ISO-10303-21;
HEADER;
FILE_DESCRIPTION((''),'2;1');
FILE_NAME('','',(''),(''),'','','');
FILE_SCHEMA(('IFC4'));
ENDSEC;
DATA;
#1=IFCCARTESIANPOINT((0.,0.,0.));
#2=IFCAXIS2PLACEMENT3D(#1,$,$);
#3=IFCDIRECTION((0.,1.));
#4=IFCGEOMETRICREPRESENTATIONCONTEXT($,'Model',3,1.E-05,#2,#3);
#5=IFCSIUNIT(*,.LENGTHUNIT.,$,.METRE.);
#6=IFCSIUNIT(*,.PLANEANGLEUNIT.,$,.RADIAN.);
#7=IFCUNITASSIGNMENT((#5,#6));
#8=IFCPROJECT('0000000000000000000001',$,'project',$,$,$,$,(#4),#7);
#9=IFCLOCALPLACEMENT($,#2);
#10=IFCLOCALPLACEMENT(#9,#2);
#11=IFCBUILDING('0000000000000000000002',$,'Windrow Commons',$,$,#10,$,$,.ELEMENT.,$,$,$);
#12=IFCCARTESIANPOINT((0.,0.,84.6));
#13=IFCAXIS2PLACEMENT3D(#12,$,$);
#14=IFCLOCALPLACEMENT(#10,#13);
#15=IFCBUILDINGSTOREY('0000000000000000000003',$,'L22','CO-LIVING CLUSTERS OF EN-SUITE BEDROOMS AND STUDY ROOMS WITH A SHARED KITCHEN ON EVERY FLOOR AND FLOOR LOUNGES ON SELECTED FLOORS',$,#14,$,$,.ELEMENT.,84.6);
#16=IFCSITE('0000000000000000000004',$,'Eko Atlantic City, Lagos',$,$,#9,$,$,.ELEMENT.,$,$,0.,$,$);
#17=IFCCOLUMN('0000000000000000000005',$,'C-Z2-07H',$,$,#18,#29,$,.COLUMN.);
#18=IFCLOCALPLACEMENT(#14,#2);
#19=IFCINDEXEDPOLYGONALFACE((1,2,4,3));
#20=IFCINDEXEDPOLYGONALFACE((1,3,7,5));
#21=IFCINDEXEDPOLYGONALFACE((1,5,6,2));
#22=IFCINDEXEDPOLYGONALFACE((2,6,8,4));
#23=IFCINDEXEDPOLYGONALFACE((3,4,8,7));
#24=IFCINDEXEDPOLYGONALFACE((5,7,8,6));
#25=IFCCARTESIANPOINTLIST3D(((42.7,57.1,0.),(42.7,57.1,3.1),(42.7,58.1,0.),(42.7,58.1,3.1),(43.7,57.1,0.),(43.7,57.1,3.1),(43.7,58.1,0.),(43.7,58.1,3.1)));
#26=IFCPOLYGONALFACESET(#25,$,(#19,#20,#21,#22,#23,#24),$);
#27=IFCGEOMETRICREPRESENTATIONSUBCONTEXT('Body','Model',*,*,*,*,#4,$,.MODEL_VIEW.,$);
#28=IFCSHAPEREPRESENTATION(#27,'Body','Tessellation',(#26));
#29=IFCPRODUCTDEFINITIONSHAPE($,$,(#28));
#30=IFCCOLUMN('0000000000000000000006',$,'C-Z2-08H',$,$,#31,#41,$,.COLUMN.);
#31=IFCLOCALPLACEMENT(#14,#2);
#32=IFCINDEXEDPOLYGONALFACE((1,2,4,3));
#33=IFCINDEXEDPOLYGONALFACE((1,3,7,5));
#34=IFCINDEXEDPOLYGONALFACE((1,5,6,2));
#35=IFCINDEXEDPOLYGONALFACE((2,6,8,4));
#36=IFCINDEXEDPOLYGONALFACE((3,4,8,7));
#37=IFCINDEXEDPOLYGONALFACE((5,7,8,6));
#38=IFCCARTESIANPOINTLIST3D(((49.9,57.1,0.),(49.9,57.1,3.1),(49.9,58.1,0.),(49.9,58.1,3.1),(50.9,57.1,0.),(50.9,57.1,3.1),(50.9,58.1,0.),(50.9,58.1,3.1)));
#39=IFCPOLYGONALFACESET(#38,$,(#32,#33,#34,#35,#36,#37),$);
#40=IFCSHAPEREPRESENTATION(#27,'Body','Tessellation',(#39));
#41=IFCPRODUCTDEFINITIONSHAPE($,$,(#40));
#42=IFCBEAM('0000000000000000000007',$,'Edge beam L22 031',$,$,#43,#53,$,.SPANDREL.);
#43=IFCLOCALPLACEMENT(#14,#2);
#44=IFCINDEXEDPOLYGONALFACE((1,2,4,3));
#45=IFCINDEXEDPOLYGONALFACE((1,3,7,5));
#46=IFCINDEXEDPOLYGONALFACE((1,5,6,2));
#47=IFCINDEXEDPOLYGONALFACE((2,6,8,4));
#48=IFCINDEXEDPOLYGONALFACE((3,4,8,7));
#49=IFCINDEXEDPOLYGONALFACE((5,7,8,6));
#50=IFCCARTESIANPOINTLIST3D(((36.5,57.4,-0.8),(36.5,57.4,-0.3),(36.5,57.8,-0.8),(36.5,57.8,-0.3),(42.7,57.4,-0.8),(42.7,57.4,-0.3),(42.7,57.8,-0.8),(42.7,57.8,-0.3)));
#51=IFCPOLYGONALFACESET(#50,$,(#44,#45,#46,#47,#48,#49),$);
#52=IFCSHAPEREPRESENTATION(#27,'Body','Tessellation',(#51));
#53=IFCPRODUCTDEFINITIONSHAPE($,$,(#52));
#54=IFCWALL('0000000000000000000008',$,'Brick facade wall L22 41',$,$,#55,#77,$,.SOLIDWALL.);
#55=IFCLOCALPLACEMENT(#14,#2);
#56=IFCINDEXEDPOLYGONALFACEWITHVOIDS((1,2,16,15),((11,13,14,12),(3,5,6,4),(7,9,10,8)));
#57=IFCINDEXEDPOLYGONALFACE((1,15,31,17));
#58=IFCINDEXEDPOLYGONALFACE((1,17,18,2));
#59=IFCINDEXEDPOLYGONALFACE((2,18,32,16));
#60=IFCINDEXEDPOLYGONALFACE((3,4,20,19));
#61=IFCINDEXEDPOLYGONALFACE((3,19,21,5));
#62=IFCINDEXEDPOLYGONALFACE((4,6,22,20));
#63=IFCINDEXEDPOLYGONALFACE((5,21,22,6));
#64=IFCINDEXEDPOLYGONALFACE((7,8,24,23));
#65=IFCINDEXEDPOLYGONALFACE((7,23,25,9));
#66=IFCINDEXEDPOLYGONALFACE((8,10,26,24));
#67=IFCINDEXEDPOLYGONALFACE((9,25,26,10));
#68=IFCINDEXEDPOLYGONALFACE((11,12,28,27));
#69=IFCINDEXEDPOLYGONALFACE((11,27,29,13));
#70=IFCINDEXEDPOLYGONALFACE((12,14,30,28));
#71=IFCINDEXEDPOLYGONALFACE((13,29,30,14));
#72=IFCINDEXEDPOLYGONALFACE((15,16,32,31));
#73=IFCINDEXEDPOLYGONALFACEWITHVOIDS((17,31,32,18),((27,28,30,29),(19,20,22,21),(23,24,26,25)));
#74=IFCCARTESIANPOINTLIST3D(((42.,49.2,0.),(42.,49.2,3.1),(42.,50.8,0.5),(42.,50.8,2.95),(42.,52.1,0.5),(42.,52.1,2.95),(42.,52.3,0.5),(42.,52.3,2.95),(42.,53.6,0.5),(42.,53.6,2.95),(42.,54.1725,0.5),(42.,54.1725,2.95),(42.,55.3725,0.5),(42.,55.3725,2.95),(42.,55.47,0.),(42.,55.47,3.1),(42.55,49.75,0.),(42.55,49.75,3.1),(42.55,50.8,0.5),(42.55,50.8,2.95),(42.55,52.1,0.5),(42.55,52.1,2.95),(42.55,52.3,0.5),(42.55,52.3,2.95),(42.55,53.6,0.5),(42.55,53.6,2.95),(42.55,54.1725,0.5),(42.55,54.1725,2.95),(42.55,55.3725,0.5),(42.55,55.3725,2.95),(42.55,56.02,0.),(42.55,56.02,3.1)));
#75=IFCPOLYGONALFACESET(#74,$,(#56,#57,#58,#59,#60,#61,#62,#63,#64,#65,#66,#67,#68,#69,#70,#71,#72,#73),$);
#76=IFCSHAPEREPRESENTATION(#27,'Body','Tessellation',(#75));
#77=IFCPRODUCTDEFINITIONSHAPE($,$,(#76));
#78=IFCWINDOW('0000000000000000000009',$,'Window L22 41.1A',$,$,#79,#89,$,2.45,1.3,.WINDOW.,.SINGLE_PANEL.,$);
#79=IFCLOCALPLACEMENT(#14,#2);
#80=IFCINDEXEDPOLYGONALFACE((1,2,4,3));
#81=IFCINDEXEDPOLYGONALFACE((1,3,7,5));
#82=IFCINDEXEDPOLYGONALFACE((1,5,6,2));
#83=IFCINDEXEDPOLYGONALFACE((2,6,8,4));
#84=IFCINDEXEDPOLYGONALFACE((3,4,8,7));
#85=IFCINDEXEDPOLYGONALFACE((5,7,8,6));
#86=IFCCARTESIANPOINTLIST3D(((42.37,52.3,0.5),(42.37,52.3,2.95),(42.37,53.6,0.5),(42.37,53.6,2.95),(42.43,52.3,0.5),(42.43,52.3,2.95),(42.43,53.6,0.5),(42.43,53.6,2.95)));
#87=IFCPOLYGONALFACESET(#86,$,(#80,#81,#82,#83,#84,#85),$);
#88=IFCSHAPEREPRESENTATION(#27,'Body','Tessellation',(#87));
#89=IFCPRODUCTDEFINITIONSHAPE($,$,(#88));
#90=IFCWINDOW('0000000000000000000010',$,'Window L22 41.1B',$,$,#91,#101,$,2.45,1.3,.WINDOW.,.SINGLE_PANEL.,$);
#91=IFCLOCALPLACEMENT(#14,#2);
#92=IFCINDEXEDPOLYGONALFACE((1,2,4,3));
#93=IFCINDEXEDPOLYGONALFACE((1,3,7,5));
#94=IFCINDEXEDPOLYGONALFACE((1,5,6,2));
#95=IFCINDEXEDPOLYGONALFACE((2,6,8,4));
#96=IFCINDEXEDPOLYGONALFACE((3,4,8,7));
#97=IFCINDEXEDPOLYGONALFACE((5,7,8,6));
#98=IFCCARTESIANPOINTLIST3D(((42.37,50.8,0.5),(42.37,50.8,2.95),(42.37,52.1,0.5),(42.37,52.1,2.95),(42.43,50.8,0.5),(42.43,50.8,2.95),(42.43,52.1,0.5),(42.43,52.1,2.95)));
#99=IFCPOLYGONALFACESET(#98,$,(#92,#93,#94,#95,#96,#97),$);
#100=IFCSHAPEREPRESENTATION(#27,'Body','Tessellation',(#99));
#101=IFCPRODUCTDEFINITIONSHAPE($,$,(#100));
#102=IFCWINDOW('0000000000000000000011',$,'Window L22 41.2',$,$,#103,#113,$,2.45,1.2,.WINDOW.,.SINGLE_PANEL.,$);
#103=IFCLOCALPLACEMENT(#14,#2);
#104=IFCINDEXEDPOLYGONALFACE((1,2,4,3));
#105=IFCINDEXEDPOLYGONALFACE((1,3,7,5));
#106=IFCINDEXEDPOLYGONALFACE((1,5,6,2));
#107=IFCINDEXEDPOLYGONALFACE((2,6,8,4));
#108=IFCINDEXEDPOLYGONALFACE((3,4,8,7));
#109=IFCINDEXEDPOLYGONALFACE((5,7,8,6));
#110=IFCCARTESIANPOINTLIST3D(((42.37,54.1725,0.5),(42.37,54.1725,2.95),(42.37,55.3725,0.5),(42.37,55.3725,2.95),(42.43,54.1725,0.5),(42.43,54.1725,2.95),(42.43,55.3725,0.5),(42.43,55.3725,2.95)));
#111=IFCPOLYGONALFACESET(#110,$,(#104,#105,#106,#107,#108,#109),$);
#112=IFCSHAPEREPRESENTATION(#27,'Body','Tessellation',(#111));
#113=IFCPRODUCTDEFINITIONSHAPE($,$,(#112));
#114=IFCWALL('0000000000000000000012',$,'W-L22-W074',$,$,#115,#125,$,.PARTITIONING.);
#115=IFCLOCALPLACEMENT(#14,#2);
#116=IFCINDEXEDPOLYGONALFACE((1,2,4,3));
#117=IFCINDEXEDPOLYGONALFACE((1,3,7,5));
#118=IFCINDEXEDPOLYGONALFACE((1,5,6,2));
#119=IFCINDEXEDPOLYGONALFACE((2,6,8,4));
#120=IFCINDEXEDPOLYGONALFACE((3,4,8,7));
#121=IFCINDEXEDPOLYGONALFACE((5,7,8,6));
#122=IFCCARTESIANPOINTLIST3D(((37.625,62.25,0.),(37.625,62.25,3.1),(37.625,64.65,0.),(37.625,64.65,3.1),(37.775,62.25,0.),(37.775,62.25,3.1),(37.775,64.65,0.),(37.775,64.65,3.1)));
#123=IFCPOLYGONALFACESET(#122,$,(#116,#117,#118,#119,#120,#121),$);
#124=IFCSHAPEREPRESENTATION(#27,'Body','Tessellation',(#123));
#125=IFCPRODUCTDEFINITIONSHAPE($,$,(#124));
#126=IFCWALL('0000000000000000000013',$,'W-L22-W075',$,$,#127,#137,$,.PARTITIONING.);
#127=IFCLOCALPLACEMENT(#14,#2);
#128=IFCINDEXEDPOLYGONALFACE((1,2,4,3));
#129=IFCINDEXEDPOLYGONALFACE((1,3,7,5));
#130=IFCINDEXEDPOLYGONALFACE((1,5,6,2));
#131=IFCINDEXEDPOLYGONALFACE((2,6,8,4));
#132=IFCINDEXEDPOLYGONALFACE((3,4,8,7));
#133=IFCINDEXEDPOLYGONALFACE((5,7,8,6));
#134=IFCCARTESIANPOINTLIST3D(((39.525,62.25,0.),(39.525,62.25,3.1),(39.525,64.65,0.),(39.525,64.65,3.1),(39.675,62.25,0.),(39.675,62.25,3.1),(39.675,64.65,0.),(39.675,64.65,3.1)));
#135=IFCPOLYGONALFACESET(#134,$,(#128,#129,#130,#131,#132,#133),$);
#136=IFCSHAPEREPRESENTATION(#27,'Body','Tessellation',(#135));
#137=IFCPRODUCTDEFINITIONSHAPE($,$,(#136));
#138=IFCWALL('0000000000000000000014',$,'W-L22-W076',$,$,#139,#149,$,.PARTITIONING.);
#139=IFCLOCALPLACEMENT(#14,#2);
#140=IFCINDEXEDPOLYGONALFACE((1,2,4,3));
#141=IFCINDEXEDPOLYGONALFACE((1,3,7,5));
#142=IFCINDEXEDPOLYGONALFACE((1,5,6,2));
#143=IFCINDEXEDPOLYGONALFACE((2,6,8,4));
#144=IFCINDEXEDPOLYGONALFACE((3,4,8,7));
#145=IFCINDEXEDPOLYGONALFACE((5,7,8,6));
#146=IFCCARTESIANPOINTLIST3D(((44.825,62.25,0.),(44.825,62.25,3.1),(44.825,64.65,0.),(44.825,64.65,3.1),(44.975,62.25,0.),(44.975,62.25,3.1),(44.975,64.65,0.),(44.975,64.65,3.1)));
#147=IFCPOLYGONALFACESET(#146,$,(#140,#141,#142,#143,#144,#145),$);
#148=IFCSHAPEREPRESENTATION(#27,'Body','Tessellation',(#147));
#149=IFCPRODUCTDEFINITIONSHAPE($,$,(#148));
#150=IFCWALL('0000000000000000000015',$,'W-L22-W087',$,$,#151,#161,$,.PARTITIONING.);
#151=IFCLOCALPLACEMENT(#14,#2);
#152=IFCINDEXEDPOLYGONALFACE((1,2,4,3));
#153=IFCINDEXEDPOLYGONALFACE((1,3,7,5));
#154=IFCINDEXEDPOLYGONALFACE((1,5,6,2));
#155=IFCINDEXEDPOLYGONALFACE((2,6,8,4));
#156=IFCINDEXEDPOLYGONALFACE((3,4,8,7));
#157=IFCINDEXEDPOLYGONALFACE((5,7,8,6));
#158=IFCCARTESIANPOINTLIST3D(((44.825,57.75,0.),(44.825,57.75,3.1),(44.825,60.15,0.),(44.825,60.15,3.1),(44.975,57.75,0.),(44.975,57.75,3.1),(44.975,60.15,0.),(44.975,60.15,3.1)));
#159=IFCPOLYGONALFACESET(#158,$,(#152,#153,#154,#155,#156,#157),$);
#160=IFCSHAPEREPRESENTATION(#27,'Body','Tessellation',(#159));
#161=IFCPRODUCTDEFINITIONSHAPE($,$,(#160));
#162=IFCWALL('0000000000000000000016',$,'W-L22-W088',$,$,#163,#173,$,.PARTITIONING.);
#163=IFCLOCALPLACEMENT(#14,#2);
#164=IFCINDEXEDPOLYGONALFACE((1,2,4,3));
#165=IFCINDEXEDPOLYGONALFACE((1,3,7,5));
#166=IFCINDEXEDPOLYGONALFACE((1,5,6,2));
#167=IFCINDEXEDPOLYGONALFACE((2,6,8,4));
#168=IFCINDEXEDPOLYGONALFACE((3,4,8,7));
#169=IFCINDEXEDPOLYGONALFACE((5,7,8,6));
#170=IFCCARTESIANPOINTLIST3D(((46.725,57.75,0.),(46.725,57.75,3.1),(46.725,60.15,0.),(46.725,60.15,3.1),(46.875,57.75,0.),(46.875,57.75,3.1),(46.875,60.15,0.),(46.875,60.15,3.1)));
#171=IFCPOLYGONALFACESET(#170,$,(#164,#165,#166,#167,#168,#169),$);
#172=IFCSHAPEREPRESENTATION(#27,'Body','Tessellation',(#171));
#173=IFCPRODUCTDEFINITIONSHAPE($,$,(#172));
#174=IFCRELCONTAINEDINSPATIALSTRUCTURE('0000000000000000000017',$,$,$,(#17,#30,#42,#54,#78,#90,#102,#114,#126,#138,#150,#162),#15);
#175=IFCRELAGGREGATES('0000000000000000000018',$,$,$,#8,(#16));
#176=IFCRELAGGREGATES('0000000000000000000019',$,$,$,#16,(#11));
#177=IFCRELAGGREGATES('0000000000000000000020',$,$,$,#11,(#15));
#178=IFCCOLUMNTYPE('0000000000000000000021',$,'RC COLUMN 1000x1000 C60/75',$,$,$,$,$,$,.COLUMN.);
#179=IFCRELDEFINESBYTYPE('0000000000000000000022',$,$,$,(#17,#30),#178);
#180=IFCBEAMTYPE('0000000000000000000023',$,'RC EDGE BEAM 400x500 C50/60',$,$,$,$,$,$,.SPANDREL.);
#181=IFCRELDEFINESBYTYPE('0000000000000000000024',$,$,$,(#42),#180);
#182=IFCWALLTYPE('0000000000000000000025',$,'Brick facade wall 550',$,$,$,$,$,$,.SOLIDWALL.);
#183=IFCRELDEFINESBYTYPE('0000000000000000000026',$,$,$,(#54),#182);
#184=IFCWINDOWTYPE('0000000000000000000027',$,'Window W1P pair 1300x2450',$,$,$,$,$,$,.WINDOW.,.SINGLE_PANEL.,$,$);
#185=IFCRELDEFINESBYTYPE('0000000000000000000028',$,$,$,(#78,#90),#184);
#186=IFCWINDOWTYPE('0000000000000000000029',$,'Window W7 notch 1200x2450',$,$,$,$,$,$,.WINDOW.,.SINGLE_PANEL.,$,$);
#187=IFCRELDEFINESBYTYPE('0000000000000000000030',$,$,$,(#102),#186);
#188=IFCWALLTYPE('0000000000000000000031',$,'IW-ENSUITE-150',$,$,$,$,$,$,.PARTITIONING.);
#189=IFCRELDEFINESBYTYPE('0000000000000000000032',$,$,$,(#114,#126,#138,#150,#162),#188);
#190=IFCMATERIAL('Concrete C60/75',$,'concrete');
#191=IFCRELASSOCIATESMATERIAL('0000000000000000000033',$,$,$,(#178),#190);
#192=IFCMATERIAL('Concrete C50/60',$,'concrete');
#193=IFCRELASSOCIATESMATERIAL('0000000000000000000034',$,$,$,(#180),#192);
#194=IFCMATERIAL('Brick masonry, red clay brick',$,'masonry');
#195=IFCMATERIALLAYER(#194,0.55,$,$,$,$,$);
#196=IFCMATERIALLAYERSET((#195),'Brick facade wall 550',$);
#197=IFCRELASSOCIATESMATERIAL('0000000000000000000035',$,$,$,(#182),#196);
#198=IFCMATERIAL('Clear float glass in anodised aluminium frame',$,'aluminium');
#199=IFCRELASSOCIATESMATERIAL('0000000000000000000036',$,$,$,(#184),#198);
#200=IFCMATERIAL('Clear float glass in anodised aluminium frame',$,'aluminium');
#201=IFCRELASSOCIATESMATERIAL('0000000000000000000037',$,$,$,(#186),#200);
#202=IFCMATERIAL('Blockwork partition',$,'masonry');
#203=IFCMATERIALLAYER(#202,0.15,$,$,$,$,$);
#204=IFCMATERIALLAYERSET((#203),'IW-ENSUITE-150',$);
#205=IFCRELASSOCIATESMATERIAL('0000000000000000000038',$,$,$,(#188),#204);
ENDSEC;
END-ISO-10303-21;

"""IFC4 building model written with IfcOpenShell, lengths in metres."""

from ifc_helpers import new_model, si_unit, direction, frame, frame_2d, origin, origin_2d, place, context, subcontext, project, spatial, polyline, rectangle, outline, extrude, material, layer, layer_set, material_profile, profile_set, type_object, element, fill, save


model = new_model("IFC4")

# Units and contexts
model_context = context("Model", 3, precision=1e-05, world=origin(), true_north=direction((0.0, 1.0)))
body_context = subcontext(model_context, "Body", "Model", "MODEL_VIEW")
ifc_project = project(units=[si_unit("LENGTHUNIT", "METRE"), si_unit("PLANEANGLEUNIT", "RADIAN")], contexts=[model_context])

# Site, building, storey
site_placement = place(None, origin())
site = spatial("IfcSite", under=ifc_project, at=site_placement, Name="Eko Atlantic City, Lagos", CompositionType="ELEMENT", RefElevation=0.0)
building_placement = place(site_placement, origin())
building = spatial("IfcBuilding", under=site, at=building_placement, Name="Windrow Commons", CompositionType="ELEMENT")
storey_placement = place(building_placement, frame((0.0, 0.0, 84.6)))
storey = spatial("IfcBuildingStorey", under=building, at=storey_placement, Name="L22", Description="CO-LIVING CLUSTERS OF EN-SUITE BEDROOMS AND STUDY ROOMS WITH A SHARED KITCHEN ON EVERY FLOOR AND FLOOR LOUNGES ON SELECTED FLOORS", CompositionType="ELEMENT", Elevation=84.6)

# Columns
ifc_material_1 = material(Name="Concrete C60/75", Category="concrete")
ifc_material_profile_1 = material_profile(ifc_material_1, rectangle(XDim=1.0, YDim=1.0, at=origin_2d()))
ifc_profile_set_1 = profile_set([ifc_material_profile_1], Name="Concrete C60/75")
column_type = type_object("IfcColumnType", Name="RC COLUMN 1000x1000 C60/75", PredefinedType="COLUMN", material=ifc_profile_set_1)
for number, where, z_axis, x_axis, name in (
    (1, (43.2, 57.6, 0.0), (0.0, 0.0, 1.0), (1.0, 0.0, 0.0), "C-Z2-07H"),
    (2, (50.4, 57.6, 0.0), (0.0, 0.0, 1.0), (1.0, 0.0, 0.0), "C-Z2-08H"),
):
    element("IfcColumn", number, at=place(storey_placement, frame(where, z_axis=z_axis, x_axis=x_axis)), inside=storey, type_object=column_type, Name=name, PredefinedType="COLUMN", context=body_context, shape_type="SweptSolid", body=[
        extrude(rectangle(XDim=1.0, YDim=1.0, at=origin_2d()), origin(), (0.0, 0.0, 1.0), 3.1),
    ])

# Beam
ifc_material_2 = material(Name="Concrete C50/60", Category="concrete")
ifc_material_profile_2 = material_profile(ifc_material_2, rectangle(XDim=0.4, YDim=0.5, at=origin_2d()))
ifc_profile_set_2 = profile_set([ifc_material_profile_2], Name="Concrete C50/60")
beam_type = type_object("IfcBeamType", Name="RC EDGE BEAM 400x500 C50/60", PredefinedType="SPANDREL", material=ifc_profile_set_2)
beam_placement = place(storey_placement, frame((42.7, 57.6, -0.55), z_axis=(-1.0, 0.0, 0.0), x_axis=(0.0, -1.0, 0.0)))
element("IfcBeam", 3, at=beam_placement, inside=storey, type_object=beam_type, Name="Edge beam L22 031", PredefinedType="SPANDREL", context=body_context, shape_type="SweptSolid", body=[
    extrude(rectangle(XDim=0.4, YDim=0.5, at=origin_2d()), origin(), (0.0, 0.0, 1.0), 6.2),
])

# Wall, openings, windows
ifc_material_3 = material(Name="Brick masonry, red clay brick", Category="masonry")
ifc_layer_1 = layer(ifc_material_3, 0.55)
ifc_layer_set_1 = layer_set([ifc_layer_1], Name="Brick facade wall 550")
wall_type_1 = type_object("IfcWallType", Name="Brick facade wall 550", PredefinedType="SOLIDWALL", material=ifc_layer_set_1)
wall_1_placement = place(storey_placement, frame((42.275, 55.745, 0.0), z_axis=(0.0, 0.0, 1.0), x_axis=(0.0, -1.0, 0.0)))
wall_1 = element("IfcWall", 4, at=wall_1_placement, inside=storey, type_object=wall_type_1, Name="Brick facade wall L22 41", PredefinedType="SOLIDWALL", context=body_context, shape_type="SweptSolid", body=[
    extrude(outline(polyline([(0.275, -0.275), (6.545, -0.275), (5.995, 0.275), (-0.275, 0.275), (0.275, -0.275)])), origin(), (0.0, 0.0, 1.0), 3.1),
])
opening_1_placement = place(wall_1_placement, frame((2.145, 0.0, 0.5)))
opening_1 = element("IfcOpeningElement", 5, at=opening_1_placement, cuts=wall_1, PredefinedType="OPENING", context=body_context, shape_type="SweptSolid", body=[
    extrude(rectangle(XDim=1.3, YDim=2.45, at=frame_2d((0.65, 1.225))), frame((0.0, 0.285, 0.0), z_axis=(0.0, -1.0, 0.0), x_axis=(1.0, 0.0, 0.0)), (0.0, 0.0, 1.0), 0.57),
])
opening_2_placement = place(wall_1_placement, frame((3.645, 0.0, 0.5)))
opening_2 = element("IfcOpeningElement", 6, at=opening_2_placement, cuts=wall_1, PredefinedType="OPENING", context=body_context, shape_type="SweptSolid", body=[
    extrude(rectangle(XDim=1.3, YDim=2.45, at=frame_2d((0.65, 1.225))), frame((0.0, 0.285, 0.0), z_axis=(0.0, -1.0, 0.0), x_axis=(1.0, 0.0, 0.0)), (0.0, 0.0, 1.0), 0.57),
])
opening_3_placement = place(wall_1_placement, frame((0.3725, 0.0, 0.5)))
opening_3 = element("IfcOpeningElement", 7, at=opening_3_placement, cuts=wall_1, PredefinedType="OPENING", context=body_context, shape_type="SweptSolid", body=[
    extrude(rectangle(XDim=1.2, YDim=2.45, at=frame_2d((0.6, 1.225))), frame((0.0, 0.285, 0.0), z_axis=(0.0, -1.0, 0.0), x_axis=(1.0, 0.0, 0.0)), (0.0, 0.0, 1.0), 0.57),
])
ifc_material_4 = material(Name="Clear float glass in anodised aluminium frame", Category="aluminium")
window_type_1 = type_object("IfcWindowType", Name="Window W1P pair 1300x2450", PartitioningType="SINGLE_PANEL", PredefinedType="WINDOW", material=ifc_material_4)
window_1_placement = place(opening_1_placement, origin())
window_1 = element("IfcWindow", 8, at=window_1_placement, inside=storey, type_object=window_type_1, Name="Window L22 41.1A", OverallHeight=2.45, OverallWidth=1.3, PartitioningType="SINGLE_PANEL", PredefinedType="WINDOW", context=body_context, shape_type="SweptSolid", body=[
    extrude(rectangle(XDim=1.3, YDim=2.45, at=frame_2d((0.65, 1.225))), frame((0.0, 0.155, 0.0), z_axis=(0.0, -1.0, 0.0), x_axis=(1.0, 0.0, 0.0)), (0.0, 0.0, 1.0), 0.06),
])
fill(opening_1, window_1)
window_2_placement = place(opening_2_placement, origin())
window_2 = element("IfcWindow", 9, at=window_2_placement, inside=storey, type_object=window_type_1, Name="Window L22 41.1B", OverallHeight=2.45, OverallWidth=1.3, PartitioningType="SINGLE_PANEL", PredefinedType="WINDOW", context=body_context, shape_type="SweptSolid", body=[
    extrude(rectangle(XDim=1.3, YDim=2.45, at=frame_2d((0.65, 1.225))), frame((0.0, 0.155, 0.0), z_axis=(0.0, -1.0, 0.0), x_axis=(1.0, 0.0, 0.0)), (0.0, 0.0, 1.0), 0.06),
])
fill(opening_2, window_2)
ifc_material_5 = material(Name="Clear float glass in anodised aluminium frame", Category="aluminium")
window_type_2 = type_object("IfcWindowType", Name="Window W7 notch 1200x2450", PartitioningType="SINGLE_PANEL", PredefinedType="WINDOW", material=ifc_material_5)
window_3_placement = place(opening_3_placement, origin())
window_3 = element("IfcWindow", 10, at=window_3_placement, inside=storey, type_object=window_type_2, Name="Window L22 41.2", OverallHeight=2.45, OverallWidth=1.2, PartitioningType="SINGLE_PANEL", PredefinedType="WINDOW", context=body_context, shape_type="SweptSolid", body=[
    extrude(rectangle(XDim=1.2, YDim=2.45, at=frame_2d((0.6, 1.225))), frame((0.0, 0.155, 0.0), z_axis=(0.0, -1.0, 0.0), x_axis=(1.0, 0.0, 0.0)), (0.0, 0.0, 1.0), 0.06),
])
fill(opening_3, window_3)

# Walls
ifc_material_6 = material(Name="Blockwork partition", Category="masonry")
ifc_layer_2 = layer(ifc_material_6, 0.15)
ifc_layer_set_2 = layer_set([ifc_layer_2], Name="IW-ENSUITE-150")
wall_type_2 = type_object("IfcWallType", Name="IW-ENSUITE-150", PredefinedType="PARTITIONING", material=ifc_layer_set_2)
for number, where, z_axis, x_axis, name in (
    (11, (37.7, 62.25, 0.0), (0.0, 0.0, 1.0), (0.0, 1.0, 0.0), "W-L22-W074"),
    (12, (39.6, 62.25, 0.0), (0.0, 0.0, 1.0), (0.0, 1.0, 0.0), "W-L22-W075"),
    (13, (44.9, 62.25, 0.0), (0.0, 0.0, 1.0), (0.0, 1.0, 0.0), "W-L22-W076"),
    (14, (44.9, 57.75, 0.0), (0.0, 0.0, 1.0), (0.0, 1.0, 0.0), "W-L22-W087"),
    (15, (46.8, 57.75, 0.0), (0.0, 0.0, 1.0), (0.0, 1.0, 0.0), "W-L22-W088"),
):
    element("IfcWall", number, at=place(storey_placement, frame(where, z_axis=z_axis, x_axis=x_axis)), inside=storey, type_object=wall_type_2, Name=name, PredefinedType="PARTITIONING", context=body_context, shape_type="SweptSolid", body=[
        extrude(rectangle(XDim=2.4, YDim=0.15, at=frame_2d((1.2, 0.0))), origin(), (0.0, 0.0, 1.0), 3.1),
    ])

save(model, "model.ifc")
